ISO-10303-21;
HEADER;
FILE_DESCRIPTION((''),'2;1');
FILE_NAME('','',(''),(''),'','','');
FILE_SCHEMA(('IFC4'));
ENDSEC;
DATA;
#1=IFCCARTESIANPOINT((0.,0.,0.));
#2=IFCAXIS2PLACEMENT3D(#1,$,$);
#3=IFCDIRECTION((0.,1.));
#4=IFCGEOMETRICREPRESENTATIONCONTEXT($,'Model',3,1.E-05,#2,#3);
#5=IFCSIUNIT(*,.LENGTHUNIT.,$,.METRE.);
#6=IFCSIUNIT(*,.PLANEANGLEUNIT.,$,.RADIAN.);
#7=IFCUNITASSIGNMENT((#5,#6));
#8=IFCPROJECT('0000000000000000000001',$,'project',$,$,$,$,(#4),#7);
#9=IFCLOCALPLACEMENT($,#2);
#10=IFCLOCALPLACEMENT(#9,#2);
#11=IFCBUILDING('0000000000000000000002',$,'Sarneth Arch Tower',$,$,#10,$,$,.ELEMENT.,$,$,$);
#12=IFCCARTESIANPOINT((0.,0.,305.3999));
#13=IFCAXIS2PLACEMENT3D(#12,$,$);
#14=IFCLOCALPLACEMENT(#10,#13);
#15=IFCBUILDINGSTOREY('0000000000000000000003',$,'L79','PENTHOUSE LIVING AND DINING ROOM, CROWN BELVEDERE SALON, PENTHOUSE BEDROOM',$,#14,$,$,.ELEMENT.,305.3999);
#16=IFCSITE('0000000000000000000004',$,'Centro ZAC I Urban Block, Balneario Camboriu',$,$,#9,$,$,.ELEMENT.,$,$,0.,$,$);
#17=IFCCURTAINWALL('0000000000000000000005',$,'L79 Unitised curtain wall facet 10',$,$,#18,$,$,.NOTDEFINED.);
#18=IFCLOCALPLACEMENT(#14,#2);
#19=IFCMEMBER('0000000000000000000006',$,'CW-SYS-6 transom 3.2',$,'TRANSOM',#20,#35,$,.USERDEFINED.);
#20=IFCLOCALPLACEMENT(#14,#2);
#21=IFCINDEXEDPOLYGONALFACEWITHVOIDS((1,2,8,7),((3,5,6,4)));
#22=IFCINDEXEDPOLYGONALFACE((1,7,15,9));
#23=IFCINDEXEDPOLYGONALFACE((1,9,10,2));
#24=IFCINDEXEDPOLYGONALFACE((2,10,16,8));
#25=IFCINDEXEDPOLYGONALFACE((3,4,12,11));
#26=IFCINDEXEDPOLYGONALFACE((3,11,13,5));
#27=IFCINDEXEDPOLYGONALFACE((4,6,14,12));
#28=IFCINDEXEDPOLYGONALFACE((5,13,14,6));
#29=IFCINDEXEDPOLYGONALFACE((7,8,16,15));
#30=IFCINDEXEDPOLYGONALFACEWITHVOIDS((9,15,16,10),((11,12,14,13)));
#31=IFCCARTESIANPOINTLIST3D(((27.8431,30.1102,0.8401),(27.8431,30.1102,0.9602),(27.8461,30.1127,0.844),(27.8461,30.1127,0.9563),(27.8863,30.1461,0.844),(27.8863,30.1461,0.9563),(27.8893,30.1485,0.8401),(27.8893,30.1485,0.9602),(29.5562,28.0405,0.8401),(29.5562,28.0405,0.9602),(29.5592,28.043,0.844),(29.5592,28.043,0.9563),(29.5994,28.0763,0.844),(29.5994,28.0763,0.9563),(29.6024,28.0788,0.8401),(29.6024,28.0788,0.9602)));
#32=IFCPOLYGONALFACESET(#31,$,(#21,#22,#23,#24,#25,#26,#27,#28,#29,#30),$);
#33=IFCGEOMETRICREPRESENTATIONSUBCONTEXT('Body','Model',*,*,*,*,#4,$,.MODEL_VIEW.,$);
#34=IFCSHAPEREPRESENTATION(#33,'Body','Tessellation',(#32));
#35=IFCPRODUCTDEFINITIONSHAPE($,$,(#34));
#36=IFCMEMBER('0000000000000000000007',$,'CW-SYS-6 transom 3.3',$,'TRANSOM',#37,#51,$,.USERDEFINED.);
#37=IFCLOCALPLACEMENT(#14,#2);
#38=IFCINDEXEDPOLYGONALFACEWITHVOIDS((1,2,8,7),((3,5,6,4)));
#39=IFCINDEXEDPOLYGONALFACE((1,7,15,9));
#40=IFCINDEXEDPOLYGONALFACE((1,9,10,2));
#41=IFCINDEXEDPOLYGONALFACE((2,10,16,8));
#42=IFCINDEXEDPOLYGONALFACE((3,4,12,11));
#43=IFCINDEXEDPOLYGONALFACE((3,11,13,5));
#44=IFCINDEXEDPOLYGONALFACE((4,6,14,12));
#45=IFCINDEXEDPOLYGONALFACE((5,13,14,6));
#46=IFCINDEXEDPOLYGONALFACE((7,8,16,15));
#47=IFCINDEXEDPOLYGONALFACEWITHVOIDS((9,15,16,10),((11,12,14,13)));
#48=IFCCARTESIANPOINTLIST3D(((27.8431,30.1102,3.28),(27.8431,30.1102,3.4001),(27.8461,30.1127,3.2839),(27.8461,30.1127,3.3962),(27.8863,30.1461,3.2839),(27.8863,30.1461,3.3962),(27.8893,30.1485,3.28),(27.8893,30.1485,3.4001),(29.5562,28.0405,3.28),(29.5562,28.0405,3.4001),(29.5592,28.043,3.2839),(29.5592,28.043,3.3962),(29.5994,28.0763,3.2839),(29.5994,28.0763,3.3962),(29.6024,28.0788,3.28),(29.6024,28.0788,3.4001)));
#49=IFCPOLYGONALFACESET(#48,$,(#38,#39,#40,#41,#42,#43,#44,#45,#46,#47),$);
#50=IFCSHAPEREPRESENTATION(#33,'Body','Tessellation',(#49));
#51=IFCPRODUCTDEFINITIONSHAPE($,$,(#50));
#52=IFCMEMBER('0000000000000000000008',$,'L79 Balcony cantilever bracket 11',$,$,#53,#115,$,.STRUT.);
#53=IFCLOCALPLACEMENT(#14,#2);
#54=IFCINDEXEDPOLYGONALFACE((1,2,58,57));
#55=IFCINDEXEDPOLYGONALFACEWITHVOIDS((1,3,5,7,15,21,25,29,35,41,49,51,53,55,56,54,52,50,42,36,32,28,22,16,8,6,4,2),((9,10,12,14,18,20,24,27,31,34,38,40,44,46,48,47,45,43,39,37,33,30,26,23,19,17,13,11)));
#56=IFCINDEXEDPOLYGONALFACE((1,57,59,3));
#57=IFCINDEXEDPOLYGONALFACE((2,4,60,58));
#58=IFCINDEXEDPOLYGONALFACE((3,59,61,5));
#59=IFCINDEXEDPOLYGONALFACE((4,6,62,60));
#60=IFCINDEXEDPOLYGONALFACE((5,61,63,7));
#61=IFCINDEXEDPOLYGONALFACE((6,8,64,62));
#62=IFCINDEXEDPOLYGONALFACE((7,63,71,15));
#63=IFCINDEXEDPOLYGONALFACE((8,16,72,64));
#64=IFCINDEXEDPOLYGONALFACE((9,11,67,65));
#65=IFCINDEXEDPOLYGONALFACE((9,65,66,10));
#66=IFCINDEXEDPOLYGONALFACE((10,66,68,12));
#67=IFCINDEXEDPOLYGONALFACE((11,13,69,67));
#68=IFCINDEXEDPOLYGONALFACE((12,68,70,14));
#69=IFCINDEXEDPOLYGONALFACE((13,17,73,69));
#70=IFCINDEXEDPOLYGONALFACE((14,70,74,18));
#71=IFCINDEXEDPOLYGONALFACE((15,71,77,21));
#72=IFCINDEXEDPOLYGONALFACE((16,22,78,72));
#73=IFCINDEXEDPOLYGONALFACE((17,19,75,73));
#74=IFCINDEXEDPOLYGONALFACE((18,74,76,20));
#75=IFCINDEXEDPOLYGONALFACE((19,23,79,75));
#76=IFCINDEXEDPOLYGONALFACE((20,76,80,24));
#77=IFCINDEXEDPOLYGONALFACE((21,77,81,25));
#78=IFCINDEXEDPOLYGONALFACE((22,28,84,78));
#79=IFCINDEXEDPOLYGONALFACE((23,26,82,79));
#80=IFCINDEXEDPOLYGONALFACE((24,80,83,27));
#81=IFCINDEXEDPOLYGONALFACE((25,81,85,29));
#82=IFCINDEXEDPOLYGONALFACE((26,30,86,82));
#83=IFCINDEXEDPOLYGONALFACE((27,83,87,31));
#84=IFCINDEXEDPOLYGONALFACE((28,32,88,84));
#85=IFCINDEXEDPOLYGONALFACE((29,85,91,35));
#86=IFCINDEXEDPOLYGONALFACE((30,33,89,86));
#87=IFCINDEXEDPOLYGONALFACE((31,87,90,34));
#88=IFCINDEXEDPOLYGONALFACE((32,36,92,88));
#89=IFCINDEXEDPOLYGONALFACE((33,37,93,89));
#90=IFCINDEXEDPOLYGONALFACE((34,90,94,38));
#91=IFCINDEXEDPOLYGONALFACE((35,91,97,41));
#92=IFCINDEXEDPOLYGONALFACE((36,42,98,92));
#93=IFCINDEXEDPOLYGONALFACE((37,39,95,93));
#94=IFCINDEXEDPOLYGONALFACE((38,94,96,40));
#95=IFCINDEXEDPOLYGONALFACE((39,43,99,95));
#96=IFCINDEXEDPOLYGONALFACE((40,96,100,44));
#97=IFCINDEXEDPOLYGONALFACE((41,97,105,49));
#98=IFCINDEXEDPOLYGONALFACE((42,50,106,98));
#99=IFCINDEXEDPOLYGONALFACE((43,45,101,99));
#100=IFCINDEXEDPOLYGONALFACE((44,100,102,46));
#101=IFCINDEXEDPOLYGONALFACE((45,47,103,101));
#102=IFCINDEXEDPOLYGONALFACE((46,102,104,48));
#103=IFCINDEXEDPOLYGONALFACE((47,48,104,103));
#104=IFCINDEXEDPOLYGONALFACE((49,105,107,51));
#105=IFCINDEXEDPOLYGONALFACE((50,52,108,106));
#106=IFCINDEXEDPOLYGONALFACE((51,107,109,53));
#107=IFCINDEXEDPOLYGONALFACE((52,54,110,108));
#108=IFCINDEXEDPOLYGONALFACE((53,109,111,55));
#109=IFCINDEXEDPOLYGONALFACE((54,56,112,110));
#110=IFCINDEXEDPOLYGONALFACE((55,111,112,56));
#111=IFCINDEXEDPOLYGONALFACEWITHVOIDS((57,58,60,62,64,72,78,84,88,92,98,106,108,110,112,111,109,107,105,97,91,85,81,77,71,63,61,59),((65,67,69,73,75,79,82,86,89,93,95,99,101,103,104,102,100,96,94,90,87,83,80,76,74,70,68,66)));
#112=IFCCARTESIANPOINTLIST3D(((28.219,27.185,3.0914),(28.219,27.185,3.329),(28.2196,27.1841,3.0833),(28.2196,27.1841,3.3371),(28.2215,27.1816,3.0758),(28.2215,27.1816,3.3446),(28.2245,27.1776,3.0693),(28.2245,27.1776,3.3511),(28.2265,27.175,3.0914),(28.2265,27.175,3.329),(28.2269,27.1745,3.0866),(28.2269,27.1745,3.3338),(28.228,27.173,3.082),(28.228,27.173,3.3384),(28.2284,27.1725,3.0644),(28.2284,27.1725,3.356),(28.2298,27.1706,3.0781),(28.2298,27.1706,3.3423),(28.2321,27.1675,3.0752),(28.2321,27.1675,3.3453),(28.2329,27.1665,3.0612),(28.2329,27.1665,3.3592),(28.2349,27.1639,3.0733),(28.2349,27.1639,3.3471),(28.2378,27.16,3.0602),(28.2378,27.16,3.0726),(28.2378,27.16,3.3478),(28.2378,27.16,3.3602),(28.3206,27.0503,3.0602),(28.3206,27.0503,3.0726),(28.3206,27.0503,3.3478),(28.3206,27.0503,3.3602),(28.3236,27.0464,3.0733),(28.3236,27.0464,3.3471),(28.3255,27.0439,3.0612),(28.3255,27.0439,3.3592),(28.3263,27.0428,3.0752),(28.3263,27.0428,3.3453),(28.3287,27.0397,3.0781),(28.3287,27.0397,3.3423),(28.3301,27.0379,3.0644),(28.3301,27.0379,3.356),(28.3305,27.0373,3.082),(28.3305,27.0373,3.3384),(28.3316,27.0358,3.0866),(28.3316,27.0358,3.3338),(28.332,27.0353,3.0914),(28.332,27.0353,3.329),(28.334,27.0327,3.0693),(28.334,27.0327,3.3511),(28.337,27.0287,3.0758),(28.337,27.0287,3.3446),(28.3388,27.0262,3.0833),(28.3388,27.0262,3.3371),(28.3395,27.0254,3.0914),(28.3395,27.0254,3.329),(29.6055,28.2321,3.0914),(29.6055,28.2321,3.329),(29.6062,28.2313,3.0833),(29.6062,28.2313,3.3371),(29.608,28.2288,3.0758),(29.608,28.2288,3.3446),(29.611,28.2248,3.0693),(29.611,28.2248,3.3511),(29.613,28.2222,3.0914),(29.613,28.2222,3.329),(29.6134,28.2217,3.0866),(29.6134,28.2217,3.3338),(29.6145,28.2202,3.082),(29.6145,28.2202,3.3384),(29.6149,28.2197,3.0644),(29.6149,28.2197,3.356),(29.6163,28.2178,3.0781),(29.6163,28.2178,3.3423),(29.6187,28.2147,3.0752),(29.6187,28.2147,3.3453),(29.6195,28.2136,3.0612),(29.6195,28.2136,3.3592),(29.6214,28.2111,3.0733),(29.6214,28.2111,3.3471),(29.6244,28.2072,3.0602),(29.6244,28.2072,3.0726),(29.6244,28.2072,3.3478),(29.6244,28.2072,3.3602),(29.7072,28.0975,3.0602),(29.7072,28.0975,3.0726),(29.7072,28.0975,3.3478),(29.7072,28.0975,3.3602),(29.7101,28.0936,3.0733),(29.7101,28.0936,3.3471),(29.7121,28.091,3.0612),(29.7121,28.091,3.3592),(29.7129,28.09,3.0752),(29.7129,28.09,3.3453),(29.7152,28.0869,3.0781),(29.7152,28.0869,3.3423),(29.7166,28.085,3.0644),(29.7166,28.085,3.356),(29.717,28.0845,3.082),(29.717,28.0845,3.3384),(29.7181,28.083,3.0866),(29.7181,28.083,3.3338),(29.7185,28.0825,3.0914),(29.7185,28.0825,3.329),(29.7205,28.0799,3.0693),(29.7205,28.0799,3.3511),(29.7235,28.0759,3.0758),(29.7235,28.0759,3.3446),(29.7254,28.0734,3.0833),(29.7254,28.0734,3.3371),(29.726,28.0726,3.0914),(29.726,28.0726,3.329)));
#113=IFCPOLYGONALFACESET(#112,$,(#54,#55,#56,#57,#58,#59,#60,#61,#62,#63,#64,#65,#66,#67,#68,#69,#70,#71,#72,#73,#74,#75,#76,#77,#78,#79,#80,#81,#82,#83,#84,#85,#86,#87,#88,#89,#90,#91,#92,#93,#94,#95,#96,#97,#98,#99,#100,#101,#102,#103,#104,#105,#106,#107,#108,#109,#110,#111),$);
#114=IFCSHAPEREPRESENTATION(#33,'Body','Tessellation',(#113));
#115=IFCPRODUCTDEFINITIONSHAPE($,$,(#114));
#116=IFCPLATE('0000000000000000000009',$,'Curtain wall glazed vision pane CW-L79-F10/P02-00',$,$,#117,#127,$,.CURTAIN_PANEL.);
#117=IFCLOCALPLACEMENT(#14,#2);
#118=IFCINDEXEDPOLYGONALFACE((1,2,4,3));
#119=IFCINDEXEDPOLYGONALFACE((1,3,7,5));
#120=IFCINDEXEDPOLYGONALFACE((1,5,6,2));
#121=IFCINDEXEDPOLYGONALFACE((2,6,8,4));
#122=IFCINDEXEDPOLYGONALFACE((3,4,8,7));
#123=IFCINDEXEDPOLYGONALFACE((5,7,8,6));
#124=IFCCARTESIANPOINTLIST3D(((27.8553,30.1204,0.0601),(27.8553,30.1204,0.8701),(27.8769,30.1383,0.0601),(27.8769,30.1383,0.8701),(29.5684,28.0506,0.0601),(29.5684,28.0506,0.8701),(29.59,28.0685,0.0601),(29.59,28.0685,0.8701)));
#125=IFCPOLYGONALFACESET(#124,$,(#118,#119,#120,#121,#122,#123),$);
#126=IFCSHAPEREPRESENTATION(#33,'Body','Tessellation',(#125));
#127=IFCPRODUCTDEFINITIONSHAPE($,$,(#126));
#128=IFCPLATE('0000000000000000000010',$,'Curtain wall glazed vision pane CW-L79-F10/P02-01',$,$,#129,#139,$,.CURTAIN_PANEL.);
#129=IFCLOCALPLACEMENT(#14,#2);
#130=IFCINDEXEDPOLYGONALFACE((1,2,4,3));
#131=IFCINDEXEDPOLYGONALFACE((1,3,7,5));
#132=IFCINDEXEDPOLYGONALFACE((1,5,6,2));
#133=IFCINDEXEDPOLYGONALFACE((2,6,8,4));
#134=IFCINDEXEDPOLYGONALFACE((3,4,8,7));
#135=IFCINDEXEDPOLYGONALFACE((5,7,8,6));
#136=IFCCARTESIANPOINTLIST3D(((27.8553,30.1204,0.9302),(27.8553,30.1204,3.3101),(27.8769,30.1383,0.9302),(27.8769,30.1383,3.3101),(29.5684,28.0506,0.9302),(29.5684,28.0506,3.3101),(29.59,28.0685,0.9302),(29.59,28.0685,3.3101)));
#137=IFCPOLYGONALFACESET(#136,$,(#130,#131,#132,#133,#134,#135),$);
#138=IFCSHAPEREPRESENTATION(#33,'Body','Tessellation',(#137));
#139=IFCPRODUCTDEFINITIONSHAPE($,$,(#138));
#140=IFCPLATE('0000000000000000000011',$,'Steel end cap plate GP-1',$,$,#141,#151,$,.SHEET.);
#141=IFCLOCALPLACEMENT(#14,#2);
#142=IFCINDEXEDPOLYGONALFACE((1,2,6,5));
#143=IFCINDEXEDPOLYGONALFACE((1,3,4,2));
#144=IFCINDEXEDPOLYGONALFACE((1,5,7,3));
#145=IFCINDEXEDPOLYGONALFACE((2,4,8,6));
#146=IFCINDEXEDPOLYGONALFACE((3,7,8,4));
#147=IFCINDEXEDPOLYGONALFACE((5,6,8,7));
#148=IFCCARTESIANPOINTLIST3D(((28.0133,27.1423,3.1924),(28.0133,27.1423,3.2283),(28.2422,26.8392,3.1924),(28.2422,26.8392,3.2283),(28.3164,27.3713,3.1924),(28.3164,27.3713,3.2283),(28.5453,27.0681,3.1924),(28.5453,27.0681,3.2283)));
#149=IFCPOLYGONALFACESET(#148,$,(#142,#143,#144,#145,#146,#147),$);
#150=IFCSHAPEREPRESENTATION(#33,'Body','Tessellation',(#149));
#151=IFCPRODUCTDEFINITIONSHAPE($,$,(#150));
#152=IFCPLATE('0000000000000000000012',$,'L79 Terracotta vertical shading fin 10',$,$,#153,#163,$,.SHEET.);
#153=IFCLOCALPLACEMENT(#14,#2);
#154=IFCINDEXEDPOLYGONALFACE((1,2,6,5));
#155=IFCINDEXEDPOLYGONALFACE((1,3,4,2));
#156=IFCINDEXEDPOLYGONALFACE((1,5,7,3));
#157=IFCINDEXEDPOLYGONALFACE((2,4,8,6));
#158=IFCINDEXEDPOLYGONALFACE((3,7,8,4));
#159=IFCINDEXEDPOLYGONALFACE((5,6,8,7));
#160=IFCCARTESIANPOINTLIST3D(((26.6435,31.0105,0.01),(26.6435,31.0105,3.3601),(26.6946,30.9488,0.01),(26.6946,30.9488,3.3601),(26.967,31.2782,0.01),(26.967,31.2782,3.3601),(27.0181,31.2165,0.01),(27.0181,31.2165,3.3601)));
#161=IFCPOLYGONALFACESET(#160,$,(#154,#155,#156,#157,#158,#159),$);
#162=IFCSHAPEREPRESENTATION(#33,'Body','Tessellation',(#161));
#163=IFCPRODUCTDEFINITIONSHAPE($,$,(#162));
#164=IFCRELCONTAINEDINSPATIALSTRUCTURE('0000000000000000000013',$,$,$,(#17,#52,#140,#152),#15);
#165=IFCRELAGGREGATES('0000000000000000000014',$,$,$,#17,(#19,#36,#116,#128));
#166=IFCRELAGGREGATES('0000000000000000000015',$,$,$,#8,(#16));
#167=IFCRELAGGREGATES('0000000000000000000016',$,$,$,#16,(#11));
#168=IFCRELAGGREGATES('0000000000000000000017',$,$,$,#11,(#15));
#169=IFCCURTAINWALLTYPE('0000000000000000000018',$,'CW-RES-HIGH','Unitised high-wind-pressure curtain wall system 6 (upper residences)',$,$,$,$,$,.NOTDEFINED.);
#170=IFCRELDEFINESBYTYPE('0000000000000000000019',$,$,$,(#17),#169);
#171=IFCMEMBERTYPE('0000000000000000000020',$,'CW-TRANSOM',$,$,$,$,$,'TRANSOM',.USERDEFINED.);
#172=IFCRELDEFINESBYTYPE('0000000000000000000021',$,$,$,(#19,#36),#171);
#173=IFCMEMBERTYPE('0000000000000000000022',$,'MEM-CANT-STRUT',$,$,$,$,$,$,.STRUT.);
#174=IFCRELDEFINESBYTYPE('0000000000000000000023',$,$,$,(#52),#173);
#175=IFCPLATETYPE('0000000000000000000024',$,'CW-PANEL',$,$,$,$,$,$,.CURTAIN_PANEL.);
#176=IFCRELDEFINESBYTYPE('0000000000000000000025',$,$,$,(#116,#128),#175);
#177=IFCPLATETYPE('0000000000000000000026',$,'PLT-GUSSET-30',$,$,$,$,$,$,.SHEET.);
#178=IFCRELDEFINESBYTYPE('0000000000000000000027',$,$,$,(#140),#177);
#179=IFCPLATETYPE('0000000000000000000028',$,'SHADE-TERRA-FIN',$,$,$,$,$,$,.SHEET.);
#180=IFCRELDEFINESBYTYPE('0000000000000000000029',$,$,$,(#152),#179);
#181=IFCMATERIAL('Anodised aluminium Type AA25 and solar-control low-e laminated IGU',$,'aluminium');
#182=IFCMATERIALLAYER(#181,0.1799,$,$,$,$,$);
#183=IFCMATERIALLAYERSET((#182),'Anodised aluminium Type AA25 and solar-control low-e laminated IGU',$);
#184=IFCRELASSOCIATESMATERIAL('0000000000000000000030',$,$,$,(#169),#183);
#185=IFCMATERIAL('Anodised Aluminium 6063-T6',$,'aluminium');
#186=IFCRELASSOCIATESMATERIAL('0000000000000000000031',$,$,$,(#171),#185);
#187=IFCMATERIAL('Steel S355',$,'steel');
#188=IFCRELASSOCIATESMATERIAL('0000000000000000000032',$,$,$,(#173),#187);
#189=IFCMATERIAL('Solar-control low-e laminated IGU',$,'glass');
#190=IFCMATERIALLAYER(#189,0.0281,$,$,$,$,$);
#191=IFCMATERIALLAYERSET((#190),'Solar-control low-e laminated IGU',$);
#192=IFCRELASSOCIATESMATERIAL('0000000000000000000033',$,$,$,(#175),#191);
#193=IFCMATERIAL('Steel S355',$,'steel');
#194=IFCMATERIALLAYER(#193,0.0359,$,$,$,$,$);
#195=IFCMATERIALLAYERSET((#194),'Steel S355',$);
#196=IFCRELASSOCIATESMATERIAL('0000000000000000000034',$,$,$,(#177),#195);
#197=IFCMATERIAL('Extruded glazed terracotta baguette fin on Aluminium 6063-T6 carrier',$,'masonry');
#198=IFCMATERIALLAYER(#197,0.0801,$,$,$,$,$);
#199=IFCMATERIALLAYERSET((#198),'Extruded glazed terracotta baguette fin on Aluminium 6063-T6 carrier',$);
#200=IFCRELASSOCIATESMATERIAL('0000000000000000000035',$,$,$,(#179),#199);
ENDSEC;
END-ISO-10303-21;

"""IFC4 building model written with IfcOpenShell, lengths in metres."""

from ifc_helpers import new_model, si_unit, direction, frame, origin, origin_2d, place, context, subcontext, project, spatial, rectangle, hollow_rectangle, extrude, material, layer, layer_set, material_profile, profile_set, type_object, element, aggregate, save


model = new_model("IFC4")

# Units and contexts
model_context = context("Model", 3, precision=1e-05, world=origin(), true_north=direction((0.0, 1.0)))
body_context = subcontext(model_context, "Body", "Model", "MODEL_VIEW")
ifc_project = project(units=[si_unit("LENGTHUNIT", "METRE"), si_unit("PLANEANGLEUNIT", "RADIAN")], contexts=[model_context])

# Site, building, storey
site_placement = place(None, origin())
site = spatial("IfcSite", under=ifc_project, at=site_placement, Name="Centro ZAC I Urban Block, Balneario Camboriu", CompositionType="ELEMENT", RefElevation=0.0)
building_placement = place(site_placement, origin())
building = spatial("IfcBuilding", under=site, at=building_placement, Name="Sarneth Arch Tower", CompositionType="ELEMENT")
storey_placement = place(building_placement, frame((0.0, 0.0, 305.3999)))
storey = spatial("IfcBuildingStorey", under=building, at=storey_placement, Name="L79", Description="PENTHOUSE LIVING AND DINING ROOM, CROWN BELVEDERE SALON, PENTHOUSE BEDROOM", CompositionType="ELEMENT", Elevation=305.3999)

# Curtain wall, members
ifc_material_1 = material(Name="Anodised aluminium Type AA25 and solar-control low-e laminated IGU", Category="aluminium")
ifc_layer_1 = layer(ifc_material_1, 0.1799)
ifc_layer_set_1 = layer_set([ifc_layer_1], Name="Anodised aluminium Type AA25 and solar-control low-e laminated IGU")
curtain_wall_type = type_object("IfcCurtainWallType", Name="CW-RES-HIGH", Description="Unitised high-wind-pressure curtain wall system 6 (upper residences)", PredefinedType="NOTDEFINED", material=ifc_layer_set_1)
curtain_wall_placement = place(storey_placement, origin())
curtain_wall = element("IfcCurtainWall", 1, at=curtain_wall_placement, inside=storey, type_object=curtain_wall_type, Name="L79 Unitised curtain wall facet 10", PredefinedType="NOTDEFINED")
ifc_material_2 = material(Name="Anodised Aluminium 6063-T6", Category="aluminium")
ifc_material_profile_1 = material_profile(ifc_material_2, hollow_rectangle(XDim=0.0601, YDim=0.1201, WallThickness=0.0039, at=origin_2d()), Name="AL-TRAN-120x60x4")
ifc_profile_set_1 = profile_set([ifc_material_profile_1], Name="Anodised Aluminium 6063-T6")
member_type_1 = type_object("IfcMemberType", Name="CW-TRANSOM", ElementType="TRANSOM", PredefinedType="USERDEFINED", material=ifc_profile_set_1)
member_1_placement = place(storey_placement, frame((27.8662, 30.1294, 0.9001), z_axis=(0.637607, -0.770362, 0.0), x_axis=(0.770362, 0.637607, 0.0)))
member_1 = element("IfcMember", 2, at=member_1_placement, type_object=member_type_1, Name="CW-SYS-6 transom 3.2", ObjectType="TRANSOM", PredefinedType="USERDEFINED", context=body_context, shape_type="SweptSolid", body=[
    extrude(hollow_rectangle(XDim=0.0601, YDim=0.1201, WallThickness=0.0039, at=origin_2d()), origin(), (0.0, 0.0, 1.0), 2.6868),
])
member_2_placement = place(storey_placement, frame((27.8662, 30.1294, 3.3401), z_axis=(0.637607, -0.770362, 0.0), x_axis=(0.770362, 0.637607, 0.0)))
member_2 = element("IfcMember", 3, at=member_2_placement, type_object=member_type_1, Name="CW-SYS-6 transom 3.3", ObjectType="TRANSOM", PredefinedType="USERDEFINED", context=body_context, shape_type="SweptSolid", body=[
    extrude(hollow_rectangle(XDim=0.0601, YDim=0.1201, WallThickness=0.0039, at=origin_2d()), origin(), (0.0, 0.0, 1.0), 2.6868),
])

# Member
ifc_material_3 = material(Name="Steel S355", Category="steel")
ifc_material_profile_2 = material_profile(ifc_material_3, hollow_rectangle(XDim=0.2, YDim=0.3, WallThickness=0.0125, InnerFilletRadius=0.0188, OuterFilletRadius=0.0312, at=origin_2d()), Name="RHS300x200x12.5")
ifc_profile_set_2 = profile_set([ifc_material_profile_2], Name="Steel S355")
member_type_2 = type_object("IfcMemberType", Name="MEM-CANT-STRUT", PredefinedType="STRUT", material=ifc_profile_set_2)
member_3_placement = place(storey_placement, frame((29.6658, 28.1523, 3.2102), z_axis=(-0.797989, -0.602672, 0.0), x_axis=(0.602672, -0.797989, 0.0)))
element("IfcMember", 4, at=member_3_placement, inside=storey, type_object=member_type_2, Name="L79 Balcony cantilever bracket 11", PredefinedType="STRUT", context=body_context, shape_type="SweptSolid", body=[
    extrude(hollow_rectangle(XDim=0.2, YDim=0.3, WallThickness=0.0125, InnerFilletRadius=0.0188, OuterFilletRadius=0.0312, at=origin_2d()), origin(), (0.0, 0.0, 1.0), 1.7375),
])

# Plates
ifc_material_4 = material(Name="Solar-control low-e laminated IGU", Category="glass")
ifc_layer_2 = layer(ifc_material_4, 0.0281)
ifc_layer_set_2 = layer_set([ifc_layer_2], Name="Solar-control low-e laminated IGU")
plate_type_1 = type_object("IfcPlateType", Name="CW-PANEL", PredefinedType="CURTAIN_PANEL", material=ifc_layer_set_2)
plate_1_placement = place(storey_placement, frame((28.7227, 29.0945, 0.0601), z_axis=(0.0, 0.0, 1.0), x_axis=(0.63761, -0.770359, 0.0)))
plate_1 = element("IfcPlate", 5, at=plate_1_placement, type_object=plate_type_1, Name="Curtain wall glazed vision pane CW-L79-F10/P02-00", PredefinedType="CURTAIN_PANEL", context=body_context, shape_type="SweptSolid", body=[
    extrude(rectangle(XDim=2.6868, YDim=0.0281, at=origin_2d()), origin(), (0.0, 0.0, 1.0), 0.8101),
])
plate_2_placement = place(storey_placement, frame((28.7227, 29.0945, 0.9302), z_axis=(0.0, 0.0, 1.0), x_axis=(0.63761, -0.770359, 0.0)))
plate_2 = element("IfcPlate", 6, at=plate_2_placement, type_object=plate_type_1, Name="Curtain wall glazed vision pane CW-L79-F10/P02-01", PredefinedType="CURTAIN_PANEL", context=body_context, shape_type="SweptSolid", body=[
    extrude(rectangle(XDim=2.6868, YDim=0.0281, at=origin_2d()), origin(), (0.0, 0.0, 1.0), 2.3799),
])
aggregate(curtain_wall, [member_1, member_2, plate_1, plate_2])

# Plates
ifc_material_5 = material(Name="Steel S355", Category="steel")
ifc_layer_3 = layer(ifc_material_5, 0.0359)
ifc_layer_set_3 = layer_set([ifc_layer_3], Name="Steel S355")
plate_type_2 = type_object("IfcPlateType", Name="PLT-GUSSET-30", PredefinedType="SHEET", material=ifc_layer_set_3)
plate_3_placement = place(storey_placement, frame((28.2793, 27.1052, 3.1924), z_axis=(0.0, 0.0, 1.0), x_axis=(-0.798005, -0.602651, 0.0)))
element("IfcPlate", 7, at=plate_3_placement, inside=storey, type_object=plate_type_2, Name="Steel end cap plate GP-1", PredefinedType="SHEET", context=body_context, shape_type="SweptSolid", body=[
    extrude(rectangle(XDim=0.3799, YDim=0.3799, at=origin_2d()), origin(), (0.0, 0.0, 1.0), 0.0359),
])
ifc_material_6 = material(Name="Extruded glazed terracotta baguette fin on Aluminium 6063-T6 carrier", Category="masonry")
ifc_layer_4 = layer(ifc_material_6, 0.0801)
ifc_layer_set_4 = layer_set([ifc_layer_4], Name="Extruded glazed terracotta baguette fin on Aluminium 6063-T6 carrier")
plate_type_3 = type_object("IfcPlateType", Name="SHADE-TERRA-FIN", PredefinedType="SHEET", material=ifc_layer_set_4)
plate_4_placement = place(storey_placement, frame((26.8308, 31.1135, 0.01), z_axis=(0.0, 0.0, 1.0), x_axis=(-0.770402, -0.637558, 0.0)))
element("IfcPlate", 8, at=plate_4_placement, inside=storey, type_object=plate_type_3, Name="L79 Terracotta vertical shading fin 10", PredefinedType="SHEET", context=body_context, shape_type="SweptSolid", body=[
    extrude(rectangle(XDim=0.4199, YDim=0.0801, at=origin_2d()), origin(), (0.0, 0.0, 1.0), 3.3501),
])

save(model, "model.ifc")
